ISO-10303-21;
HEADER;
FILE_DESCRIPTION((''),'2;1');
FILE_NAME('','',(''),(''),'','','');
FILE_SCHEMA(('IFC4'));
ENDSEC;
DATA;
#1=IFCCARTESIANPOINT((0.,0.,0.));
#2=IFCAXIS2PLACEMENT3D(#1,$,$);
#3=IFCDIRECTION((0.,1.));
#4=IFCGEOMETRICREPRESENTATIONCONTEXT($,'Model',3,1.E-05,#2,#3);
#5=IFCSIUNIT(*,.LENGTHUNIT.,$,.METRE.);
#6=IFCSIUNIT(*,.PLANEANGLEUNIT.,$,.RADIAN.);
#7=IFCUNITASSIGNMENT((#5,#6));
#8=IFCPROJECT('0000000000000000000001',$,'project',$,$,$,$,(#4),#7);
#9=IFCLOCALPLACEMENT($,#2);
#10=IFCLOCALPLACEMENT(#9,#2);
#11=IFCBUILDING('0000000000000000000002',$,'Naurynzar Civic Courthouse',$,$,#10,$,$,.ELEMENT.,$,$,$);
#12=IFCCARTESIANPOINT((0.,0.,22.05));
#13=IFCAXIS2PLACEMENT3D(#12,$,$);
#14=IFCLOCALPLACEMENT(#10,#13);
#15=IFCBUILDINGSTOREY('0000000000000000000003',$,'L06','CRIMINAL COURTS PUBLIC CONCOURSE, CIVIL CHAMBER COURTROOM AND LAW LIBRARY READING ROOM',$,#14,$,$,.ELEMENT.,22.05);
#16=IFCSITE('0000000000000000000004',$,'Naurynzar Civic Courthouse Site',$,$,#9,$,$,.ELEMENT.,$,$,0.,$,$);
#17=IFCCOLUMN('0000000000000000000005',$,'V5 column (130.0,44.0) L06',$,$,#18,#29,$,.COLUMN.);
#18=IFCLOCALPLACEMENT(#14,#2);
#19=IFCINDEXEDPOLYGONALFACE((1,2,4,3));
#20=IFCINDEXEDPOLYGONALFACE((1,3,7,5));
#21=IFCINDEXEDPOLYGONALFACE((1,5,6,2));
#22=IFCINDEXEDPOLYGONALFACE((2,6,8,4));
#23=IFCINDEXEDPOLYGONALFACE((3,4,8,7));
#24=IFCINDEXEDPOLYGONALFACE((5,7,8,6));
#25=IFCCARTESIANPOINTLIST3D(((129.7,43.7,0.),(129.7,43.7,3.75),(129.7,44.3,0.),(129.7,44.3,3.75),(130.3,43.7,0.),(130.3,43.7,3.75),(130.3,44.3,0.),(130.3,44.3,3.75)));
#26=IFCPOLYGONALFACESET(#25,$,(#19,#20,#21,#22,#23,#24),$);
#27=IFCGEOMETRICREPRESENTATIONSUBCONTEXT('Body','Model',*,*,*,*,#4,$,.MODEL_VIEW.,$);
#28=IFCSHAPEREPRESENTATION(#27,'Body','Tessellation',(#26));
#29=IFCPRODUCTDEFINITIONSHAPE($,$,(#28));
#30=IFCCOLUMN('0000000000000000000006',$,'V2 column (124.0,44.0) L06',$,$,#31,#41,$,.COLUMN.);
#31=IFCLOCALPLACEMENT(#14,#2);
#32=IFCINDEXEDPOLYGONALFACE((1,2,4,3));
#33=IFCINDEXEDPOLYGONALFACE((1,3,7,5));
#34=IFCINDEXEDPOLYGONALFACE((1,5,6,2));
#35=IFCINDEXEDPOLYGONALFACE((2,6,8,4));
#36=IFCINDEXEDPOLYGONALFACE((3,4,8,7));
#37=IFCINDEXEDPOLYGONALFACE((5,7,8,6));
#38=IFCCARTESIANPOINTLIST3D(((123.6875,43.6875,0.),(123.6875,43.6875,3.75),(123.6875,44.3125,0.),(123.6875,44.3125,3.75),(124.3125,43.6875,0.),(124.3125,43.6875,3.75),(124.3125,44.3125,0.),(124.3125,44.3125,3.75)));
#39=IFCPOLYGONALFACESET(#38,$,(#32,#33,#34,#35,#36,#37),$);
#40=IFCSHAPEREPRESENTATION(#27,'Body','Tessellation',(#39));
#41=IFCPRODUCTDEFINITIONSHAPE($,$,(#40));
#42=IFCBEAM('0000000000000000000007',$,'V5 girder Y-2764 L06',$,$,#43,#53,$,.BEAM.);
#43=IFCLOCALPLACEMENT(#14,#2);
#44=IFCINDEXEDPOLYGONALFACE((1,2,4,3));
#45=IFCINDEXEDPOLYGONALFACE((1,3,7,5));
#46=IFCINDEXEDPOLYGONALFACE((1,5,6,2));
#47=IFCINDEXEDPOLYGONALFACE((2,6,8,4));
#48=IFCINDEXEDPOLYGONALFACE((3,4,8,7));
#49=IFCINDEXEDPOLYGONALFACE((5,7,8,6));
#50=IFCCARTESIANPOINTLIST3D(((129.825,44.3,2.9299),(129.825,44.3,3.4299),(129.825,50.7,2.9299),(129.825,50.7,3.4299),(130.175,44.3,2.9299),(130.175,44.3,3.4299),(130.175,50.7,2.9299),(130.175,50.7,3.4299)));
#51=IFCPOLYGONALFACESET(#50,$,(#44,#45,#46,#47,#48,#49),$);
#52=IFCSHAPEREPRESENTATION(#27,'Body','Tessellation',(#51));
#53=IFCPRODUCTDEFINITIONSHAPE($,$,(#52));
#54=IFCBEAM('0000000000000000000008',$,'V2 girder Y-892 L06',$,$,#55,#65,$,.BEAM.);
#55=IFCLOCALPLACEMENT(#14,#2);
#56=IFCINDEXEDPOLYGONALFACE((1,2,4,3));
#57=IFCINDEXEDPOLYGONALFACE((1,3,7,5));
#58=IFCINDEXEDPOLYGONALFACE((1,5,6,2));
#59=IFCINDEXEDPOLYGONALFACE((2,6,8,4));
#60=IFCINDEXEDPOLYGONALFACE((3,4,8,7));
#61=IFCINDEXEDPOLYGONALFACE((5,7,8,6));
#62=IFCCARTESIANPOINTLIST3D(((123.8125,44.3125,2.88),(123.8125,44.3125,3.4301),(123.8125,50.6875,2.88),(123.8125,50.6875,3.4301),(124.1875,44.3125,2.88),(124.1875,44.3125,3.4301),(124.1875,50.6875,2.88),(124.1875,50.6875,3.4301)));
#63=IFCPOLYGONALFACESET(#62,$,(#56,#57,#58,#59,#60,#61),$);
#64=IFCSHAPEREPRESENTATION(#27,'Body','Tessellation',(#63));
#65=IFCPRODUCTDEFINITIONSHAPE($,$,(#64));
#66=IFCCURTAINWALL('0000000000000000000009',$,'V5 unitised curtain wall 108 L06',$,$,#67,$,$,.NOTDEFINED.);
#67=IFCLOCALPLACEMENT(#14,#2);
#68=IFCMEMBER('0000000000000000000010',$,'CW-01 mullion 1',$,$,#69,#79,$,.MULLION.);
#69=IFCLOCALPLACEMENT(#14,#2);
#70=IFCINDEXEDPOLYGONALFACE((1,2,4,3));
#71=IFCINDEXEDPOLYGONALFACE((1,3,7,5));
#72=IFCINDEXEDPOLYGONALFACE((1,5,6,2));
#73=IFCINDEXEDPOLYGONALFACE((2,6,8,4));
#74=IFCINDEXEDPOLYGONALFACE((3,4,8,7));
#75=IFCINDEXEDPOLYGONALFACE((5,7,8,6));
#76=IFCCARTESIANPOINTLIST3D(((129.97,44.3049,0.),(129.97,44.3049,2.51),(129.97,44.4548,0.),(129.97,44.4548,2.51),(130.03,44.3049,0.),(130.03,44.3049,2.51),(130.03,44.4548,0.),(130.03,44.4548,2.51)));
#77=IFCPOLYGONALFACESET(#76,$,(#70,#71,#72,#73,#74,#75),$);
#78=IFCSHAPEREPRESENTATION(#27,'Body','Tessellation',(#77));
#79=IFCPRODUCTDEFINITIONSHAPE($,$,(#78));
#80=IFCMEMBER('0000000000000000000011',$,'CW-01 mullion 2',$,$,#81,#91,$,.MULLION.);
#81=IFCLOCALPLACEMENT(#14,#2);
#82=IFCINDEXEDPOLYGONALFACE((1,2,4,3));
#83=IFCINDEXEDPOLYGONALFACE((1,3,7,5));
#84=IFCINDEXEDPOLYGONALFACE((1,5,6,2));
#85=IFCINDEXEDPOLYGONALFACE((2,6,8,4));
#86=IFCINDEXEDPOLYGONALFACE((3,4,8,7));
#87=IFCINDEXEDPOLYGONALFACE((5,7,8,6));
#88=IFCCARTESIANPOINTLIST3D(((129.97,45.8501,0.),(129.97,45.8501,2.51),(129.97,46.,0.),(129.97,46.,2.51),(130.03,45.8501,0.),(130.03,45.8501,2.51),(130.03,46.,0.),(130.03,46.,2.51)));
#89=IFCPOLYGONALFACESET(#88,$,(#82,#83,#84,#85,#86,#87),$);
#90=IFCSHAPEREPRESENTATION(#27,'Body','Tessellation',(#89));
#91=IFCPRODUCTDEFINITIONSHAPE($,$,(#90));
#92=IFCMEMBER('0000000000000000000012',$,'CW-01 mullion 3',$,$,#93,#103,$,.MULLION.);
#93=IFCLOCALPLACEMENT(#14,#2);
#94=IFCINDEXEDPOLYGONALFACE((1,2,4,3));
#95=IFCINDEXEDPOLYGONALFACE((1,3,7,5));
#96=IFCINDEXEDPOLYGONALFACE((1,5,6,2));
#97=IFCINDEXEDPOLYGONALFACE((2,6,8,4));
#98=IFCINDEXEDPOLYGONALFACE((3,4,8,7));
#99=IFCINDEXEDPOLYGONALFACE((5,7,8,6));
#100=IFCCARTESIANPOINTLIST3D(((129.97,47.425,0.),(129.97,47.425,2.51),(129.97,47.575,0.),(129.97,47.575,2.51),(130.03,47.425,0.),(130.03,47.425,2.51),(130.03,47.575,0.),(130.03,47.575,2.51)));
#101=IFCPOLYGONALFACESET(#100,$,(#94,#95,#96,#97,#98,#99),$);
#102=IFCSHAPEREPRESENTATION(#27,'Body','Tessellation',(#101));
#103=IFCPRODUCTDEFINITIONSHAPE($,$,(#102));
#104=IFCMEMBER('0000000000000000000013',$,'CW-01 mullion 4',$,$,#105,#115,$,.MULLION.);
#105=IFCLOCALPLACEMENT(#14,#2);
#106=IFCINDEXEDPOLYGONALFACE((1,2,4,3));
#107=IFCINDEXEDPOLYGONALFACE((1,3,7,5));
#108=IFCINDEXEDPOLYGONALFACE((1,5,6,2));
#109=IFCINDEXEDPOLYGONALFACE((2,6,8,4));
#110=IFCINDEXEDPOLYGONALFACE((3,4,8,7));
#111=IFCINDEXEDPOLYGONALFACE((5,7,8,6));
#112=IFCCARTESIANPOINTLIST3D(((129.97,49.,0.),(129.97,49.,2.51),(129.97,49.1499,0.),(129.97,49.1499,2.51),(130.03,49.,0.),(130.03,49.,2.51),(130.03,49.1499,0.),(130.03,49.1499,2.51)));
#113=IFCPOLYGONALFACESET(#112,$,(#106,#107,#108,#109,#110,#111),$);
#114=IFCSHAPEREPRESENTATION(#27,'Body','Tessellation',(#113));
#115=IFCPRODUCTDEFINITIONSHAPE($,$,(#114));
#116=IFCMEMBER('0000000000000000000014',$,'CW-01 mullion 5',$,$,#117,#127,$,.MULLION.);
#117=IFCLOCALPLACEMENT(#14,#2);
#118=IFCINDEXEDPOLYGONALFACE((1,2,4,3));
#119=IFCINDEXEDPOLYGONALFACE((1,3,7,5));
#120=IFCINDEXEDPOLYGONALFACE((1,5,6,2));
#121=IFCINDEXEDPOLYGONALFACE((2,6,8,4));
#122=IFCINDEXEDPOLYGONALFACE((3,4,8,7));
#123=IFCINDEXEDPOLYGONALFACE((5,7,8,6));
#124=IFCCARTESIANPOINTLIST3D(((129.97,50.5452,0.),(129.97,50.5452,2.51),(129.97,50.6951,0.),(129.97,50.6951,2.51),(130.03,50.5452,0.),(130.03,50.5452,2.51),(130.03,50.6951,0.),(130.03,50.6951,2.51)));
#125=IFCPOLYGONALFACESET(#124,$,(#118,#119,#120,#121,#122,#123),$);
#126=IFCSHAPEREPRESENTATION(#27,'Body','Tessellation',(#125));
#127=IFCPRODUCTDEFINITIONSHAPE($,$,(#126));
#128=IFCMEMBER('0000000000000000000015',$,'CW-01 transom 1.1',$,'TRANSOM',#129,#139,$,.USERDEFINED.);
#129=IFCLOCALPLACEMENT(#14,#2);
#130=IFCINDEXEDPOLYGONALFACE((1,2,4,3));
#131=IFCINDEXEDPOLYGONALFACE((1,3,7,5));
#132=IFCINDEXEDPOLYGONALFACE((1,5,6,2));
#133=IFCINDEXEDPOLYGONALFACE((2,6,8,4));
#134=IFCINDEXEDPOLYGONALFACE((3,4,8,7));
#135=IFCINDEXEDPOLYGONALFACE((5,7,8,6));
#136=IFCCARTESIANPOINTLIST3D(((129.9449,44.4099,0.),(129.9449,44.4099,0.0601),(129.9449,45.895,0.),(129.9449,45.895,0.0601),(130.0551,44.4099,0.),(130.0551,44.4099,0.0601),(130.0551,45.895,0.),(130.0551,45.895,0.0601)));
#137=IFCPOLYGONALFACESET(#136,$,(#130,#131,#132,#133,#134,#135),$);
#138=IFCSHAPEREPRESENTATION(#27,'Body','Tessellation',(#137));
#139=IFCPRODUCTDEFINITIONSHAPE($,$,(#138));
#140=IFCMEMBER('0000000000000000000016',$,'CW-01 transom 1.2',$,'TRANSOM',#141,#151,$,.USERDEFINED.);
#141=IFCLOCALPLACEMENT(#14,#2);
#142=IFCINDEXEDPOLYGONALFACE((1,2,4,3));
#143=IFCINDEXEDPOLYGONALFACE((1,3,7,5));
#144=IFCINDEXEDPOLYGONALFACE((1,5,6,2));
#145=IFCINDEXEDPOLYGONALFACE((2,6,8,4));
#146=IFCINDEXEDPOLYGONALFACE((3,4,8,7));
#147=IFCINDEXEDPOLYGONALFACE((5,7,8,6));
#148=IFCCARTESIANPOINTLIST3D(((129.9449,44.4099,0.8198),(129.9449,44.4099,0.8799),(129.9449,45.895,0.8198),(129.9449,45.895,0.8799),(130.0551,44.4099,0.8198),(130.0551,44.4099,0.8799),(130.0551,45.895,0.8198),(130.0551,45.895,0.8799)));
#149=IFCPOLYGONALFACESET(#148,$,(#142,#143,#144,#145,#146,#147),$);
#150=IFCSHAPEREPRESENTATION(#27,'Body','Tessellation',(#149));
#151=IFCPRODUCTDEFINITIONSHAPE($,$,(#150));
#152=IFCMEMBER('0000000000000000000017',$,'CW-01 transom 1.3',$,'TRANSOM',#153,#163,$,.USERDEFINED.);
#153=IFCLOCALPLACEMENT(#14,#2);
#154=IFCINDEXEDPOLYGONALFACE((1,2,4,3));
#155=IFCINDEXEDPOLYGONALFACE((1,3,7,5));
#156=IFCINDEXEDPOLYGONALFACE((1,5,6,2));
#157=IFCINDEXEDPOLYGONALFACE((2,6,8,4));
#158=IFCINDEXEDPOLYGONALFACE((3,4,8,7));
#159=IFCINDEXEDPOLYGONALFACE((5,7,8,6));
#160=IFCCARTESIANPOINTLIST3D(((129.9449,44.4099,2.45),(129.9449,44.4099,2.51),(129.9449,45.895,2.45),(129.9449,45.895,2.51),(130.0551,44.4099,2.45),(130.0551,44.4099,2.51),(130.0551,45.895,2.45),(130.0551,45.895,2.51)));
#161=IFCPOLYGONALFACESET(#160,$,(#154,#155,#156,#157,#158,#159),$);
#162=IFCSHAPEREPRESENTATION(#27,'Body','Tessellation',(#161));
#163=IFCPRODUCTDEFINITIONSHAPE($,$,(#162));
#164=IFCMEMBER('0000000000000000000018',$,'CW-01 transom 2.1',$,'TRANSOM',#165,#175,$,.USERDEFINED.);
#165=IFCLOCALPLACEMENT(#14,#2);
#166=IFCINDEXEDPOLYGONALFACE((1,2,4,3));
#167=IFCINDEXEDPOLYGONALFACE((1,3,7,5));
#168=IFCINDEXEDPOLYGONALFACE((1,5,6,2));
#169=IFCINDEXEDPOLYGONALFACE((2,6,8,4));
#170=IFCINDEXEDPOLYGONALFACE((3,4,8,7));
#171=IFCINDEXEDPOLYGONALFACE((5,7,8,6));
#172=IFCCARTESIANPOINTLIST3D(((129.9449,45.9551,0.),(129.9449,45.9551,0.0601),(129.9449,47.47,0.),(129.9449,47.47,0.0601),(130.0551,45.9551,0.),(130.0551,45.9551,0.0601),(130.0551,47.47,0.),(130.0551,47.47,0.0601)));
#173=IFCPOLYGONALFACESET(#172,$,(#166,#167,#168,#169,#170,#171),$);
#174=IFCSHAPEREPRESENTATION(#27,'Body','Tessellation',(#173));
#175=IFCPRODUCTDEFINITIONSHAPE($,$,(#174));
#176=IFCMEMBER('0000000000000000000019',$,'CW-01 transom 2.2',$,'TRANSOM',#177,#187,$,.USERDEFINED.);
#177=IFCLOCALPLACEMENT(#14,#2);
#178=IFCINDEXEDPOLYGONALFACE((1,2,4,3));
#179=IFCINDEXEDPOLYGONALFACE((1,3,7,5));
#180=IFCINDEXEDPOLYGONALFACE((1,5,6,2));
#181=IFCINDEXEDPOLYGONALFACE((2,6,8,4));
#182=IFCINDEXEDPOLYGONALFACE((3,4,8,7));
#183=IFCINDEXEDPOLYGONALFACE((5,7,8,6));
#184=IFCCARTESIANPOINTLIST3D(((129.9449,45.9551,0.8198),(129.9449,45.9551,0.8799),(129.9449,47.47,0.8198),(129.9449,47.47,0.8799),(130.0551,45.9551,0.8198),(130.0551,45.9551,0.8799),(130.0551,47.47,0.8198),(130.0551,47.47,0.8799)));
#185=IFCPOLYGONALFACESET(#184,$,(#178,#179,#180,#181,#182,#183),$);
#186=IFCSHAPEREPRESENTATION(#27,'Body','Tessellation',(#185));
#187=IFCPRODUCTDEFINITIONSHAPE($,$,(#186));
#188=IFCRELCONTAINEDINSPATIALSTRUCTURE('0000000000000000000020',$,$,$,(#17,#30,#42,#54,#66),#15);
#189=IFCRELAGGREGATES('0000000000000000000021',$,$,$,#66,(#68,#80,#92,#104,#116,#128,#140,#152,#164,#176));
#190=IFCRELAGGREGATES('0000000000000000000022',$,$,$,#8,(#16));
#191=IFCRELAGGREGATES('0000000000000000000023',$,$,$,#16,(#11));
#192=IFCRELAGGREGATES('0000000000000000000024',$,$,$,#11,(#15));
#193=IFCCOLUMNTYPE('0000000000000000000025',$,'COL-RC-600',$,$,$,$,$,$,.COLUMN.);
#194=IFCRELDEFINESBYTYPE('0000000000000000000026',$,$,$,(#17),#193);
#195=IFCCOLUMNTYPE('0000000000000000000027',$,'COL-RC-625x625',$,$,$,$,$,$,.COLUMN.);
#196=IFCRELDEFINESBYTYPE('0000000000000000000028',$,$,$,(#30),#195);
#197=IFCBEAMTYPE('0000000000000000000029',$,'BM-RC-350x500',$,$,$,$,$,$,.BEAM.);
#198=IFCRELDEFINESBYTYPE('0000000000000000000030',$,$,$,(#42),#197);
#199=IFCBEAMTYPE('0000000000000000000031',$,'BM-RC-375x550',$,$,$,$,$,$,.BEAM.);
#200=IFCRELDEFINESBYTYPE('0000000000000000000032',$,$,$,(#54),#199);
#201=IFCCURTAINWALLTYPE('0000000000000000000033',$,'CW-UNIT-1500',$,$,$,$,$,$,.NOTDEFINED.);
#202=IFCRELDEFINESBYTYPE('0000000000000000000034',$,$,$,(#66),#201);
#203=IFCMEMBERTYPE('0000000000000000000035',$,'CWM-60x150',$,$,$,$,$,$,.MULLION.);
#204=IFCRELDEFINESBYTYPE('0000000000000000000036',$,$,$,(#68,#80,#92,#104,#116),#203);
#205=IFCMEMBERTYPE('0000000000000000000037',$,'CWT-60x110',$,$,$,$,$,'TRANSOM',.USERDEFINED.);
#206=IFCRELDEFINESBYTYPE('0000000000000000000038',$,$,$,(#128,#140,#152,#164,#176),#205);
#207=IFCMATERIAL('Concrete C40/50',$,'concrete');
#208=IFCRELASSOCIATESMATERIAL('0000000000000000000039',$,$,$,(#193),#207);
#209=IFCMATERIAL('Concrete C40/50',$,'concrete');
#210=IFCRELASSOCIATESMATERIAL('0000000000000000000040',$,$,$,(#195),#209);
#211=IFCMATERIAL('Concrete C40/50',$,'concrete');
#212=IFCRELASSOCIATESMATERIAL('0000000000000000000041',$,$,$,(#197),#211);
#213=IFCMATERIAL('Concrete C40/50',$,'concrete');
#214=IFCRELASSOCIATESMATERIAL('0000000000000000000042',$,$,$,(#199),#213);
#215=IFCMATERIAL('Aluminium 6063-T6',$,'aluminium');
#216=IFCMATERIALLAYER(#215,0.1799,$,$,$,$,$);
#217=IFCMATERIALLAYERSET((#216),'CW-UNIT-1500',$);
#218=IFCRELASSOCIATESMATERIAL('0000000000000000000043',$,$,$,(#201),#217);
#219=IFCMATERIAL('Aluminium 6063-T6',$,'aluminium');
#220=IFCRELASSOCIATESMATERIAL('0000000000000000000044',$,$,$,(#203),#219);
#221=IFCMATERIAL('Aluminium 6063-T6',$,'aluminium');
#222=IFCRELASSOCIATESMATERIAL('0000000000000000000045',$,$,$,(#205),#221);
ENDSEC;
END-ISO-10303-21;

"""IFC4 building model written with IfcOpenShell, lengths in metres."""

from ifc_helpers import new_model, si_unit, direction, frame, origin, origin_2d, place, context, subcontext, project, spatial, rectangle, extrude, material, layer, layer_set, material_profile, profile_set, type_object, element, aggregate, save


model = new_model("IFC4")

# Units and contexts
model_context = context("Model", 3, precision=1e-05, world=origin(), true_north=direction((0.0, 1.0)))
body_context = subcontext(model_context, "Body", "Model", "MODEL_VIEW")
ifc_project = project(units=[si_unit("LENGTHUNIT", "METRE"), si_unit("PLANEANGLEUNIT", "RADIAN")], contexts=[model_context])

# Site, building, storey
site_placement = place(None, origin())
site = spatial("IfcSite", under=ifc_project, at=site_placement, Name="Naurynzar Civic Courthouse Site", CompositionType="ELEMENT", RefElevation=0.0)
building_placement = place(site_placement, origin())
building = spatial("IfcBuilding", under=site, at=building_placement, Name="Naurynzar Civic Courthouse", CompositionType="ELEMENT")
storey_placement = place(building_placement, frame((0.0, 0.0, 22.05)))
storey = spatial("IfcBuildingStorey", under=building, at=storey_placement, Name="L06", Description="CRIMINAL COURTS PUBLIC CONCOURSE, CIVIL CHAMBER COURTROOM AND LAW LIBRARY READING ROOM", CompositionType="ELEMENT", Elevation=22.05)

# Columns
ifc_material_1 = material(Name="Concrete C40/50", Category="concrete")
ifc_material_profile_1 = material_profile(ifc_material_1, rectangle(XDim=0.6001, YDim=0.6001, at=origin_2d()), Name="RC 600x600")
ifc_profile_set_1 = profile_set([ifc_material_profile_1], Name="Concrete C40/50")
column_type_1 = type_object("IfcColumnType", Name="COL-RC-600", PredefinedType="COLUMN", material=ifc_profile_set_1)
column_1_placement = place(storey_placement, frame((130.0, 44.0, 0.0), z_axis=(0.0, 0.0, 1.0), x_axis=(1.0, 0.0, 0.0)))
element("IfcColumn", 1, at=column_1_placement, inside=storey, type_object=column_type_1, Name="V5 column (130.0,44.0) L06", PredefinedType="COLUMN", context=body_context, shape_type="SweptSolid", body=[
    extrude(rectangle(XDim=0.6001, YDim=0.6001, at=origin_2d()), origin(), (0.0, 0.0, 1.0), 3.75),
])
ifc_material_2 = material(Name="Concrete C40/50", Category="concrete")
ifc_material_profile_2 = material_profile(ifc_material_2, rectangle(XDim=0.625, YDim=0.625, at=origin_2d()), Name="RC 625x625")
ifc_profile_set_2 = profile_set([ifc_material_profile_2], Name="Concrete C40/50")
column_type_2 = type_object("IfcColumnType", Name="COL-RC-625x625", PredefinedType="COLUMN", material=ifc_profile_set_2)
column_2_placement = place(storey_placement, frame((124.0, 44.0, 0.0), z_axis=(0.0, 0.0, 1.0), x_axis=(1.0, 0.0, 0.0)))
element("IfcColumn", 2, at=column_2_placement, inside=storey, type_object=column_type_2, Name="V2 column (124.0,44.0) L06", PredefinedType="COLUMN", context=body_context, shape_type="SweptSolid", body=[
    extrude(rectangle(XDim=0.625, YDim=0.625, at=origin_2d()), origin(), (0.0, 0.0, 1.0), 3.75),
])

# Beams
ifc_material_3 = material(Name="Concrete C40/50", Category="concrete")
ifc_material_profile_3 = material_profile(ifc_material_3, rectangle(XDim=0.3501, YDim=0.5, at=origin_2d()), Name="RCB 350x500")
ifc_profile_set_3 = profile_set([ifc_material_profile_3], Name="Concrete C40/50")
beam_type_1 = type_object("IfcBeamType", Name="BM-RC-350x500", PredefinedType="BEAM", material=ifc_profile_set_3)
beam_1_placement = place(storey_placement, frame((130.0, 44.3, 3.1799), z_axis=(0.0, 1.0, 0.0), x_axis=(-1.0, 0.0, 0.0)))
element("IfcBeam", 3, at=beam_1_placement, inside=storey, type_object=beam_type_1, Name="V5 girder Y-2764 L06", PredefinedType="BEAM", context=body_context, shape_type="SweptSolid", body=[
    extrude(rectangle(XDim=0.3501, YDim=0.5, at=origin_2d()), origin(), (0.0, 0.0, 1.0), 6.3999),
])
ifc_material_4 = material(Name="Concrete C40/50", Category="concrete")
ifc_material_profile_4 = material_profile(ifc_material_4, rectangle(XDim=0.375, YDim=0.55, at=origin_2d()), Name="RCB 375x550")
ifc_profile_set_4 = profile_set([ifc_material_profile_4], Name="Concrete C40/50")
beam_type_2 = type_object("IfcBeamType", Name="BM-RC-375x550", PredefinedType="BEAM", material=ifc_profile_set_4)
beam_2_placement = place(storey_placement, frame((124.0, 44.3125, 3.155), z_axis=(0.0, 1.0, 0.0), x_axis=(-1.0, 0.0, 0.0)))
element("IfcBeam", 4, at=beam_2_placement, inside=storey, type_object=beam_type_2, Name="V2 girder Y-892 L06", PredefinedType="BEAM", context=body_context, shape_type="SweptSolid", body=[
    extrude(rectangle(XDim=0.375, YDim=0.55, at=origin_2d()), origin(), (0.0, 0.0, 1.0), 6.375),
])

# Curtain wall, members
ifc_material_5 = material(Name="Aluminium 6063-T6", Category="aluminium")
ifc_layer_1 = layer(ifc_material_5, 0.1799)
ifc_layer_set_1 = layer_set([ifc_layer_1], Name="CW-UNIT-1500")
curtain_wall_type = type_object("IfcCurtainWallType", Name="CW-UNIT-1500", PredefinedType="NOTDEFINED", material=ifc_layer_set_1)
curtain_wall_placement = place(storey_placement, origin())
curtain_wall = element("IfcCurtainWall", 5, at=curtain_wall_placement, inside=storey, type_object=curtain_wall_type, Name="V5 unitised curtain wall 108 L06", PredefinedType="NOTDEFINED")
ifc_material_6 = material(Name="Aluminium 6063-T6", Category="aluminium")
ifc_material_profile_5 = material_profile(ifc_material_6, rectangle(XDim=0.0601, YDim=0.1499, at=origin_2d()), Name="ALU MULLION 60x150")
ifc_profile_set_5 = profile_set([ifc_material_profile_5], Name="Aluminium 6063-T6")
member_type_1 = type_object("IfcMemberType", Name="CWM-60x150", PredefinedType="MULLION", material=ifc_profile_set_5)
member_1_placement = place(storey_placement, frame((130.0, 44.3799, 0.0), z_axis=(0.0, 0.0, 1.0), x_axis=(-1.0, 0.0, 0.0)))
member_1 = element("IfcMember", 6, at=member_1_placement, type_object=member_type_1, Name="CW-01 mullion 1", PredefinedType="MULLION", context=body_context, shape_type="SweptSolid", body=[
    extrude(rectangle(XDim=0.0601, YDim=0.1499, at=origin_2d()), origin(), (0.0, 0.0, 1.0), 2.51),
])
member_2_placement = place(storey_placement, frame((130.0, 45.925, 0.0), z_axis=(0.0, 0.0, 1.0), x_axis=(-1.0, 0.0, 0.0)))
member_2 = element("IfcMember", 7, at=member_2_placement, type_object=member_type_1, Name="CW-01 mullion 2", PredefinedType="MULLION", context=body_context, shape_type="SweptSolid", body=[
    extrude(rectangle(XDim=0.0601, YDim=0.1499, at=origin_2d()), origin(), (0.0, 0.0, 1.0), 2.51),
])
member_3_placement = place(storey_placement, frame((130.0, 47.5, 0.0), z_axis=(0.0, 0.0, 1.0), x_axis=(-1.0, 0.0, 0.0)))
member_3 = element("IfcMember", 8, at=member_3_placement, type_object=member_type_1, Name="CW-01 mullion 3", PredefinedType="MULLION", context=body_context, shape_type="SweptSolid", body=[
    extrude(rectangle(XDim=0.0601, YDim=0.1499, at=origin_2d()), origin(), (0.0, 0.0, 1.0), 2.51),
])
member_4_placement = place(storey_placement, frame((130.0, 49.075, 0.0), z_axis=(0.0, 0.0, 1.0), x_axis=(-1.0, 0.0, 0.0)))
member_4 = element("IfcMember", 9, at=member_4_placement, type_object=member_type_1, Name="CW-01 mullion 4", PredefinedType="MULLION", context=body_context, shape_type="SweptSolid", body=[
    extrude(rectangle(XDim=0.0601, YDim=0.1499, at=origin_2d()), origin(), (0.0, 0.0, 1.0), 2.51),
])
member_5_placement = place(storey_placement, frame((130.0, 50.6201, 0.0), z_axis=(0.0, 0.0, 1.0), x_axis=(-1.0, 0.0, 0.0)))
member_5 = element("IfcMember", 10, at=member_5_placement, type_object=member_type_1, Name="CW-01 mullion 5", PredefinedType="MULLION", context=body_context, shape_type="SweptSolid", body=[
    extrude(rectangle(XDim=0.0601, YDim=0.1499, at=origin_2d()), origin(), (0.0, 0.0, 1.0), 2.51),
])
ifc_material_7 = material(Name="Aluminium 6063-T6", Category="aluminium")
ifc_material_profile_6 = material_profile(ifc_material_7, rectangle(XDim=0.1101, YDim=0.0601, at=origin_2d()), Name="ALU TRANSOM 60x110")
ifc_profile_set_6 = profile_set([ifc_material_profile_6], Name="Aluminium 6063-T6")
member_type_2 = type_object("IfcMemberType", Name="CWT-60x110", ElementType="TRANSOM", PredefinedType="USERDEFINED", material=ifc_profile_set_6)
member_6_placement = place(storey_placement, frame((130.0, 44.4099, 0.03), z_axis=(0.0, 1.0, 0.0), x_axis=(-1.0, 0.0, 0.0)))
member_6 = element("IfcMember", 11, at=member_6_placement, type_object=member_type_2, Name="CW-01 transom 1.1", ObjectType="TRANSOM", PredefinedType="USERDEFINED", context=body_context, shape_type="SweptSolid", body=[
    extrude(rectangle(XDim=0.1101, YDim=0.0601, at=origin_2d()), origin(), (0.0, 0.0, 1.0), 1.4851),
])
member_7_placement = place(storey_placement, frame((130.0, 44.4099, 0.8499), z_axis=(0.0, 1.0, 0.0), x_axis=(-1.0, 0.0, 0.0)))
member_7 = element("IfcMember", 12, at=member_7_placement, type_object=member_type_2, Name="CW-01 transom 1.2", ObjectType="TRANSOM", PredefinedType="USERDEFINED", context=body_context, shape_type="SweptSolid", body=[
    extrude(rectangle(XDim=0.1101, YDim=0.0601, at=origin_2d()), origin(), (0.0, 0.0, 1.0), 1.4851),
])
member_8_placement = place(storey_placement, frame((130.0, 44.4099, 2.48), z_axis=(0.0, 1.0, 0.0), x_axis=(-1.0, 0.0, 0.0)))
member_8 = element("IfcMember", 13, at=member_8_placement, type_object=member_type_2, Name="CW-01 transom 1.3", ObjectType="TRANSOM", PredefinedType="USERDEFINED", context=body_context, shape_type="SweptSolid", body=[
    extrude(rectangle(XDim=0.1101, YDim=0.0601, at=origin_2d()), origin(), (0.0, 0.0, 1.0), 1.4851),
])
member_9_placement = place(storey_placement, frame((130.0, 45.9551, 0.03), z_axis=(0.0, 1.0, 0.0), x_axis=(-1.0, 0.0, 0.0)))
member_9 = element("IfcMember", 14, at=member_9_placement, type_object=member_type_2, Name="CW-01 transom 2.1", ObjectType="TRANSOM", PredefinedType="USERDEFINED", context=body_context, shape_type="SweptSolid", body=[
    extrude(rectangle(XDim=0.1101, YDim=0.0601, at=origin_2d()), origin(), (0.0, 0.0, 1.0), 1.5149),
])
member_10_placement = place(storey_placement, frame((130.0, 45.9551, 0.8499), z_axis=(0.0, 1.0, 0.0), x_axis=(-1.0, 0.0, 0.0)))
member_10 = element("IfcMember", 15, at=member_10_placement, type_object=member_type_2, Name="CW-01 transom 2.2", ObjectType="TRANSOM", PredefinedType="USERDEFINED", context=body_context, shape_type="SweptSolid", body=[
    extrude(rectangle(XDim=0.1101, YDim=0.0601, at=origin_2d()), origin(), (0.0, 0.0, 1.0), 1.5149),
])
aggregate(curtain_wall, [member_1, member_2, member_3, member_4, member_5, member_6, member_7, member_8, member_9, member_10])

save(model, "model.ifc")
